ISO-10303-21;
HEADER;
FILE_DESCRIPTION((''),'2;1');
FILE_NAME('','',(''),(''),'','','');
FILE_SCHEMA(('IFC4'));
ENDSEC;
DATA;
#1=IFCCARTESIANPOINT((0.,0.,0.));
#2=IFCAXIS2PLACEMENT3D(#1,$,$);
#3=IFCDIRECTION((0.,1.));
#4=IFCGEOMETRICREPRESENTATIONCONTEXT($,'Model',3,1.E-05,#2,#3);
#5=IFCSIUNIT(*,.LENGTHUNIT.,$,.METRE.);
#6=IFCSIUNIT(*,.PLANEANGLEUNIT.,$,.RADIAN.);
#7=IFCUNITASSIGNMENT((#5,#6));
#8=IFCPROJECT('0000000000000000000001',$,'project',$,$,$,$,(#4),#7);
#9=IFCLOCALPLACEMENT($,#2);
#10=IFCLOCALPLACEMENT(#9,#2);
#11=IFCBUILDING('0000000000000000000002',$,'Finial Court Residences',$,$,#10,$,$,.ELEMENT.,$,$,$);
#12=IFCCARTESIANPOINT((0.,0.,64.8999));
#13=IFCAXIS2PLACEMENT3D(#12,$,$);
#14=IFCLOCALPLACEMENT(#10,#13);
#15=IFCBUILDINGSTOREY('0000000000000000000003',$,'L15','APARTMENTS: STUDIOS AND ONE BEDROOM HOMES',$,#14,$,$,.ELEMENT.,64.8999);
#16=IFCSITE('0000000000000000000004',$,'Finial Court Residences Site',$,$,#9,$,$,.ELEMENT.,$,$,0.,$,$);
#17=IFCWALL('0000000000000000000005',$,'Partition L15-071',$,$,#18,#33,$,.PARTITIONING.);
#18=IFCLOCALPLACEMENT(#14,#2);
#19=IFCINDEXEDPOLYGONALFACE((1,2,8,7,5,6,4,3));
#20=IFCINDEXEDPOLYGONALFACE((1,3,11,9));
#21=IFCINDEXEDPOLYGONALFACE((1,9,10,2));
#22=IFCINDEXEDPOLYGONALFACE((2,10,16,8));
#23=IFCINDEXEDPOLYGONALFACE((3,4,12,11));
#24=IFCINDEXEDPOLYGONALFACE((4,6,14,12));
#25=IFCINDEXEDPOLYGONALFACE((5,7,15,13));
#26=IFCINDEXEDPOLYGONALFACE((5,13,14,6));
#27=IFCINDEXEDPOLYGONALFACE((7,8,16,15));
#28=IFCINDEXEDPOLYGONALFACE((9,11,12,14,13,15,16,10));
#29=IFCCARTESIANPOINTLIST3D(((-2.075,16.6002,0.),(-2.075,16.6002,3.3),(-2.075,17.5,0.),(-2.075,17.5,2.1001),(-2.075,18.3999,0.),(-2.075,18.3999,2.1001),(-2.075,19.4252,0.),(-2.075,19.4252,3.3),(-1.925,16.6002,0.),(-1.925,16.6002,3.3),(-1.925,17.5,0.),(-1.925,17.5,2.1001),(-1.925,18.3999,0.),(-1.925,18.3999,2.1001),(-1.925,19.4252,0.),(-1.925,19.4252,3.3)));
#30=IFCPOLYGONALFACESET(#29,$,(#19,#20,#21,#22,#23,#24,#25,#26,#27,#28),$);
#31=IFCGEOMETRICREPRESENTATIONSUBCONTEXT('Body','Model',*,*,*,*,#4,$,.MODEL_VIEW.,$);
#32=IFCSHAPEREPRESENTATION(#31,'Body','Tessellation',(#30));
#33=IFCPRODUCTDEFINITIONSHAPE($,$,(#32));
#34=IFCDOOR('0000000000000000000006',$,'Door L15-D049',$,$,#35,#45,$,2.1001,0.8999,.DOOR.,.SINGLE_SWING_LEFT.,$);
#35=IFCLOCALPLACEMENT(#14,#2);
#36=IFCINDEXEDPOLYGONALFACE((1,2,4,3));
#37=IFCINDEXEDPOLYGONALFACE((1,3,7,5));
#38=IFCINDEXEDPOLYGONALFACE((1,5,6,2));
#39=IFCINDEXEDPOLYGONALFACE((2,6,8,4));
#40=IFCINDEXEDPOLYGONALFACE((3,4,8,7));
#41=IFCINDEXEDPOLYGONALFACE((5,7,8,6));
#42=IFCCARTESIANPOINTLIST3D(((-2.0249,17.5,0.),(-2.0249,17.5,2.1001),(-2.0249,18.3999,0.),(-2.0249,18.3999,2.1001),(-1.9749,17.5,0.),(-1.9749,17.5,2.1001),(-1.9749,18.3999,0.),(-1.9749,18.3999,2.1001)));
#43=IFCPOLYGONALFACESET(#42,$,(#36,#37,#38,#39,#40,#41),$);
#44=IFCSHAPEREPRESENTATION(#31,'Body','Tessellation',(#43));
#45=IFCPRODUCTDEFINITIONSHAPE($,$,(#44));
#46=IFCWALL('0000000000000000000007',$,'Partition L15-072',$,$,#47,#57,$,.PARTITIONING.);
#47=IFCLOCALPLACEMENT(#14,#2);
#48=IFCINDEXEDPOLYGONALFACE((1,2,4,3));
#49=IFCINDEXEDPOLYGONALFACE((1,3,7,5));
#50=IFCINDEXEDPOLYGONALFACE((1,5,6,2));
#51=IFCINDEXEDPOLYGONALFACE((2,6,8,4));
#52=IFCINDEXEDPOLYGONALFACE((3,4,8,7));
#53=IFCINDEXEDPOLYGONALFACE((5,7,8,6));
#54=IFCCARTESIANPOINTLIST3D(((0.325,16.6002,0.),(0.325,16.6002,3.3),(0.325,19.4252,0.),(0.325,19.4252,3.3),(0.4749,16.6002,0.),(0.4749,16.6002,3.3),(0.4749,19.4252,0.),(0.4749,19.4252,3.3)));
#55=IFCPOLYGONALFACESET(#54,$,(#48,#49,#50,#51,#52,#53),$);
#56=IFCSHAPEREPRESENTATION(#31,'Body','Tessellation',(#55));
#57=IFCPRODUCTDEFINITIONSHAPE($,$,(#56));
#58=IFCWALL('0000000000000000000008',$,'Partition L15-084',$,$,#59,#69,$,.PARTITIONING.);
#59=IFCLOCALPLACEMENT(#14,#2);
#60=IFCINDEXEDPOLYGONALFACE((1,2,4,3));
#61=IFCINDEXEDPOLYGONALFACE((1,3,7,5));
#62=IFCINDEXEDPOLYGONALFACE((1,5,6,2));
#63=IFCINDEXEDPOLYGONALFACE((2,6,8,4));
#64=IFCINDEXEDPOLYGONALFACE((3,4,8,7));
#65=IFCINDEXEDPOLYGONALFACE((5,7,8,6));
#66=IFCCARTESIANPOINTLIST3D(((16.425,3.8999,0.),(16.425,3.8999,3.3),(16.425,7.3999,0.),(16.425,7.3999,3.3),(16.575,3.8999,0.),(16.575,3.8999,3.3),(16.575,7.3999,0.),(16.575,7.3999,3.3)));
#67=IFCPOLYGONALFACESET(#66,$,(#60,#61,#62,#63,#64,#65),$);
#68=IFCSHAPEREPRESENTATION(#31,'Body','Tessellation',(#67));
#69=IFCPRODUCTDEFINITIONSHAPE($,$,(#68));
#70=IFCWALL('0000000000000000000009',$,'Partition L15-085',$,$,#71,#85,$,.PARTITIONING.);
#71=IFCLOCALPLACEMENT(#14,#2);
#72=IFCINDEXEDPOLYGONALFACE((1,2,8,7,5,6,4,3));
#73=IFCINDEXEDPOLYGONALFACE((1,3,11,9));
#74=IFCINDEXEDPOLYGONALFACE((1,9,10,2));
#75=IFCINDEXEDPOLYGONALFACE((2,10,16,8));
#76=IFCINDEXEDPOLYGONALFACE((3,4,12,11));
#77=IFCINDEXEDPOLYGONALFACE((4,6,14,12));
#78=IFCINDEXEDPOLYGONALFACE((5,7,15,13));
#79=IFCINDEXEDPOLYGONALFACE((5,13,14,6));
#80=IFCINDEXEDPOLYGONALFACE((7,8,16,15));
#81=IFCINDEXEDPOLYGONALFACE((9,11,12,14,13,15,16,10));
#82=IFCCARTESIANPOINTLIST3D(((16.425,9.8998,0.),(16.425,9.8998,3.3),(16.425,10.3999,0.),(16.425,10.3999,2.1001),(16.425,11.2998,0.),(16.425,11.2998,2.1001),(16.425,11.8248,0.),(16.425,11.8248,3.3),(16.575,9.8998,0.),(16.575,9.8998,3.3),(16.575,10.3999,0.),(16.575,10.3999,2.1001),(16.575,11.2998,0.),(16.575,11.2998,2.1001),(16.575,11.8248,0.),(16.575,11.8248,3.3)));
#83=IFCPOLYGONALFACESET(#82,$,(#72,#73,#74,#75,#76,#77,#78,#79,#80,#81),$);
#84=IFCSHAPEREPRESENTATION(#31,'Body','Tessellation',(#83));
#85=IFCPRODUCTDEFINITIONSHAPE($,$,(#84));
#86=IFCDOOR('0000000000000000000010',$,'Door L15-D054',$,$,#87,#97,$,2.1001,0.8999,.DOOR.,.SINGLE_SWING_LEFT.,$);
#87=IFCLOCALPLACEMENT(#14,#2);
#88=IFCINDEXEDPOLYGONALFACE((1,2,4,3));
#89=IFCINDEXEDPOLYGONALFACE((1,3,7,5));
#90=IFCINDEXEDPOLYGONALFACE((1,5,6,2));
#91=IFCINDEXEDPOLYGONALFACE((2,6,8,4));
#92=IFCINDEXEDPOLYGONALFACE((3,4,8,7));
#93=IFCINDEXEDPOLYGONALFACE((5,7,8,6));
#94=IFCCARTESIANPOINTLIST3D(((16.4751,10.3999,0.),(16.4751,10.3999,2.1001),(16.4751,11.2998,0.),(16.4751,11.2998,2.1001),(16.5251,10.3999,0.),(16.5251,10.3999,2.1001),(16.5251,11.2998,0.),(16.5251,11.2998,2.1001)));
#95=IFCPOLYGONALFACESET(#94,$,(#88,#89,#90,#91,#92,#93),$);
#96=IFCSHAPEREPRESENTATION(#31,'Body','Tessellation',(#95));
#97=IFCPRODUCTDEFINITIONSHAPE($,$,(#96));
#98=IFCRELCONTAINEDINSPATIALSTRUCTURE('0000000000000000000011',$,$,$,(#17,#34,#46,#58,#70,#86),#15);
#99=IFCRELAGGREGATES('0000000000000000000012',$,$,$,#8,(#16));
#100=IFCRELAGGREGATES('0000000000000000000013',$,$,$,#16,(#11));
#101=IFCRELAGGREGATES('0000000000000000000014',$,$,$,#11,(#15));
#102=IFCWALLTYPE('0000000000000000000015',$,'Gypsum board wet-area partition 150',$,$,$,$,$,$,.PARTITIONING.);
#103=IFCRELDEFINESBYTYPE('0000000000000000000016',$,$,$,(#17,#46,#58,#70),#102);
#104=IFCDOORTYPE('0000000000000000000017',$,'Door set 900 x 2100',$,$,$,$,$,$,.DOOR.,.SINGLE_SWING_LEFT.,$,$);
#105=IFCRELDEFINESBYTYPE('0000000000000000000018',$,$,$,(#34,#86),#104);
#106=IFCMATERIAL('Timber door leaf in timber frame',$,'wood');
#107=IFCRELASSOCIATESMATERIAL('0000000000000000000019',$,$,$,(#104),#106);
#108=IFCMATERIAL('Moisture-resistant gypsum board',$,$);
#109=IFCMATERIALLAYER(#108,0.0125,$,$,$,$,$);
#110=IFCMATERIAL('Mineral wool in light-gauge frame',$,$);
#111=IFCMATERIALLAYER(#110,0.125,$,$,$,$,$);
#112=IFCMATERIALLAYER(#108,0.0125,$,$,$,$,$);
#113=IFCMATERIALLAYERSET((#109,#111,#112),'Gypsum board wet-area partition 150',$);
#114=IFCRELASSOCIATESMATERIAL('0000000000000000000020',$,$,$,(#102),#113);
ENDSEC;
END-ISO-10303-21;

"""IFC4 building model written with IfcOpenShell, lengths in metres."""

from ifc_helpers import new_model, si_unit, direction, frame, frame_2d, origin, place, context, subcontext, project, spatial, rectangle, extrude, material, layer, layer_set, type_object, element, fill, save


model = new_model("IFC4")

# Units and contexts
model_context = context("Model", 3, precision=1e-05, world=origin(), true_north=direction((0.0, 1.0)))
body_context = subcontext(model_context, "Body", "Model", "MODEL_VIEW")
ifc_project = project(units=[si_unit("LENGTHUNIT", "METRE"), si_unit("PLANEANGLEUNIT", "RADIAN")], contexts=[model_context])

# Site, building, storey
site_placement = place(None, origin())
site = spatial("IfcSite", under=ifc_project, at=site_placement, Name="Finial Court Residences Site", CompositionType="ELEMENT", RefElevation=0.0)
building_placement = place(site_placement, origin())
building = spatial("IfcBuilding", under=site, at=building_placement, Name="Finial Court Residences", CompositionType="ELEMENT")
storey_placement = place(building_placement, frame((0.0, 0.0, 64.8999)))
storey = spatial("IfcBuildingStorey", under=building, at=storey_placement, Name="L15", Description="APARTMENTS: STUDIOS AND ONE BEDROOM HOMES", CompositionType="ELEMENT", Elevation=64.8999)

# Shared definitions
ifc_material_1 = material(Name="Mineral wool in light-gauge frame")
ifc_material_2 = material(Name="Timber door leaf in timber frame", Category="wood")
door_type = type_object("IfcDoorType", Name="Door set 900 x 2100", OperationType="SINGLE_SWING_LEFT", PredefinedType="DOOR", material=ifc_material_2)

# Shared definitions
ifc_material_3 = material(Name="Moisture-resistant gypsum board")
ifc_layer_1 = layer(ifc_material_3, 0.0125)
ifc_layer_2 = layer(ifc_material_1, 0.125)
ifc_layer_3 = layer(ifc_material_3, 0.0125)
ifc_layer_set_1 = layer_set([ifc_layer_1, ifc_layer_2, ifc_layer_3], Name="Gypsum board wet-area partition 150")
wall_type_1 = type_object("IfcWallType", Name="Gypsum board wet-area partition 150", PredefinedType="PARTITIONING", material=ifc_layer_set_1)

# Wall, opening, door
wall_1_placement = place(storey_placement, frame((-2.0, 16.6001, 0.0), z_axis=(0.0, 0.0, 1.0), x_axis=(0.0, 1.0, 0.0)))
wall_1 = element("IfcWall", 1, at=wall_1_placement, inside=storey, type_object=wall_type_1, Name="Partition L15-071", PredefinedType="PARTITIONING", context=body_context, shape_type="SweptSolid", body=[
    extrude(rectangle(XDim=2.825, YDim=0.1499, at=frame_2d((1.4126, 0.0))), origin(), (0.0, 0.0, 1.0), 3.3),
])
opening_1_placement = place(wall_1_placement, frame((0.8999, 0.0, 0.0)))
opening_1 = element("IfcOpeningElement", 2, at=opening_1_placement, cuts=wall_1, PredefinedType="OPENING", context=body_context, shape_type="SweptSolid", body=[
    extrude(rectangle(XDim=0.8999, YDim=2.1001, at=frame_2d((0.45, 1.05))), frame((0.0, 0.085, 0.0), z_axis=(0.0, -1.0, 0.0), x_axis=(1.0, 0.0, 0.0)), (0.0, 0.0, 1.0), 0.1699),
])
door_1_placement = place(opening_1_placement, origin())
door_1 = element("IfcDoor", 3, at=door_1_placement, inside=storey, type_object=door_type, Name="Door L15-D049", OperationType="SINGLE_SWING_LEFT", OverallHeight=2.1001, OverallWidth=0.8999, PredefinedType="DOOR", context=body_context, shape_type="SweptSolid", body=[
    extrude(rectangle(XDim=0.8999, YDim=2.1001, at=frame_2d((0.45, 1.05))), frame((0.0, 0.0249, 0.0), z_axis=(0.0, -1.0, 0.0), x_axis=(1.0, 0.0, 0.0)), (0.0, 0.0, 1.0), 0.05),
])
fill(opening_1, door_1)

# Walls
wall_2_placement = place(storey_placement, frame((0.3999, 16.6001, 0.0), z_axis=(0.0, 0.0, 1.0), x_axis=(0.0, 1.0, 0.0)))
element("IfcWall", 4, at=wall_2_placement, inside=storey, type_object=wall_type_1, Name="Partition L15-072", PredefinedType="PARTITIONING", context=body_context, shape_type="SweptSolid", body=[
    extrude(rectangle(XDim=2.825, YDim=0.1499, at=frame_2d((1.4126, 0.0))), origin(), (0.0, 0.0, 1.0), 3.3),
])
wall_3_placement = place(storey_placement, frame((16.5, 3.8999, 0.0), z_axis=(0.0, 0.0, 1.0), x_axis=(0.0, 1.0, 0.0)))
element("IfcWall", 5, at=wall_3_placement, inside=storey, type_object=wall_type_1, Name="Partition L15-084", PredefinedType="PARTITIONING", context=body_context, shape_type="SweptSolid", body=[
    extrude(rectangle(XDim=3.5, YDim=0.1499, at=frame_2d((1.75, 0.0))), origin(), (0.0, 0.0, 1.0), 3.3),
])

# Wall, opening, door
wall_4_placement = place(storey_placement, frame((16.5, 9.8999, 0.0), z_axis=(0.0, 0.0, 1.0), x_axis=(0.0, 1.0, 0.0)))
wall_4 = element("IfcWall", 6, at=wall_4_placement, inside=storey, type_object=wall_type_1, Name="Partition L15-085", PredefinedType="PARTITIONING", context=body_context, shape_type="SweptSolid", body=[
    extrude(rectangle(XDim=1.925, YDim=0.1499, at=frame_2d((0.9624, 0.0))), origin(), (0.0, 0.0, 1.0), 3.3),
])
opening_2_placement = place(wall_4_placement, frame((0.5, 0.0, 0.0)))
opening_2 = element("IfcOpeningElement", 7, at=opening_2_placement, cuts=wall_4, PredefinedType="OPENING", context=body_context, shape_type="SweptSolid", body=[
    extrude(rectangle(XDim=0.8999, YDim=2.1001, at=frame_2d((0.45, 1.05))), frame((0.0, 0.085, 0.0), z_axis=(0.0, -1.0, 0.0), x_axis=(1.0, 0.0, 0.0)), (0.0, 0.0, 1.0), 0.1699),
])
door_2_placement = place(opening_2_placement, origin())
door_2 = element("IfcDoor", 8, at=door_2_placement, inside=storey, type_object=door_type, Name="Door L15-D054", OperationType="SINGLE_SWING_LEFT", OverallHeight=2.1001, OverallWidth=0.8999, PredefinedType="DOOR", context=body_context, shape_type="SweptSolid", body=[
    extrude(rectangle(XDim=0.8999, YDim=2.1001, at=frame_2d((0.45, 1.05))), frame((0.0, 0.0249, 0.0), z_axis=(0.0, -1.0, 0.0), x_axis=(1.0, 0.0, 0.0)), (0.0, 0.0, 1.0), 0.05),
])
fill(opening_2, door_2)

save(model, "model.ifc")
